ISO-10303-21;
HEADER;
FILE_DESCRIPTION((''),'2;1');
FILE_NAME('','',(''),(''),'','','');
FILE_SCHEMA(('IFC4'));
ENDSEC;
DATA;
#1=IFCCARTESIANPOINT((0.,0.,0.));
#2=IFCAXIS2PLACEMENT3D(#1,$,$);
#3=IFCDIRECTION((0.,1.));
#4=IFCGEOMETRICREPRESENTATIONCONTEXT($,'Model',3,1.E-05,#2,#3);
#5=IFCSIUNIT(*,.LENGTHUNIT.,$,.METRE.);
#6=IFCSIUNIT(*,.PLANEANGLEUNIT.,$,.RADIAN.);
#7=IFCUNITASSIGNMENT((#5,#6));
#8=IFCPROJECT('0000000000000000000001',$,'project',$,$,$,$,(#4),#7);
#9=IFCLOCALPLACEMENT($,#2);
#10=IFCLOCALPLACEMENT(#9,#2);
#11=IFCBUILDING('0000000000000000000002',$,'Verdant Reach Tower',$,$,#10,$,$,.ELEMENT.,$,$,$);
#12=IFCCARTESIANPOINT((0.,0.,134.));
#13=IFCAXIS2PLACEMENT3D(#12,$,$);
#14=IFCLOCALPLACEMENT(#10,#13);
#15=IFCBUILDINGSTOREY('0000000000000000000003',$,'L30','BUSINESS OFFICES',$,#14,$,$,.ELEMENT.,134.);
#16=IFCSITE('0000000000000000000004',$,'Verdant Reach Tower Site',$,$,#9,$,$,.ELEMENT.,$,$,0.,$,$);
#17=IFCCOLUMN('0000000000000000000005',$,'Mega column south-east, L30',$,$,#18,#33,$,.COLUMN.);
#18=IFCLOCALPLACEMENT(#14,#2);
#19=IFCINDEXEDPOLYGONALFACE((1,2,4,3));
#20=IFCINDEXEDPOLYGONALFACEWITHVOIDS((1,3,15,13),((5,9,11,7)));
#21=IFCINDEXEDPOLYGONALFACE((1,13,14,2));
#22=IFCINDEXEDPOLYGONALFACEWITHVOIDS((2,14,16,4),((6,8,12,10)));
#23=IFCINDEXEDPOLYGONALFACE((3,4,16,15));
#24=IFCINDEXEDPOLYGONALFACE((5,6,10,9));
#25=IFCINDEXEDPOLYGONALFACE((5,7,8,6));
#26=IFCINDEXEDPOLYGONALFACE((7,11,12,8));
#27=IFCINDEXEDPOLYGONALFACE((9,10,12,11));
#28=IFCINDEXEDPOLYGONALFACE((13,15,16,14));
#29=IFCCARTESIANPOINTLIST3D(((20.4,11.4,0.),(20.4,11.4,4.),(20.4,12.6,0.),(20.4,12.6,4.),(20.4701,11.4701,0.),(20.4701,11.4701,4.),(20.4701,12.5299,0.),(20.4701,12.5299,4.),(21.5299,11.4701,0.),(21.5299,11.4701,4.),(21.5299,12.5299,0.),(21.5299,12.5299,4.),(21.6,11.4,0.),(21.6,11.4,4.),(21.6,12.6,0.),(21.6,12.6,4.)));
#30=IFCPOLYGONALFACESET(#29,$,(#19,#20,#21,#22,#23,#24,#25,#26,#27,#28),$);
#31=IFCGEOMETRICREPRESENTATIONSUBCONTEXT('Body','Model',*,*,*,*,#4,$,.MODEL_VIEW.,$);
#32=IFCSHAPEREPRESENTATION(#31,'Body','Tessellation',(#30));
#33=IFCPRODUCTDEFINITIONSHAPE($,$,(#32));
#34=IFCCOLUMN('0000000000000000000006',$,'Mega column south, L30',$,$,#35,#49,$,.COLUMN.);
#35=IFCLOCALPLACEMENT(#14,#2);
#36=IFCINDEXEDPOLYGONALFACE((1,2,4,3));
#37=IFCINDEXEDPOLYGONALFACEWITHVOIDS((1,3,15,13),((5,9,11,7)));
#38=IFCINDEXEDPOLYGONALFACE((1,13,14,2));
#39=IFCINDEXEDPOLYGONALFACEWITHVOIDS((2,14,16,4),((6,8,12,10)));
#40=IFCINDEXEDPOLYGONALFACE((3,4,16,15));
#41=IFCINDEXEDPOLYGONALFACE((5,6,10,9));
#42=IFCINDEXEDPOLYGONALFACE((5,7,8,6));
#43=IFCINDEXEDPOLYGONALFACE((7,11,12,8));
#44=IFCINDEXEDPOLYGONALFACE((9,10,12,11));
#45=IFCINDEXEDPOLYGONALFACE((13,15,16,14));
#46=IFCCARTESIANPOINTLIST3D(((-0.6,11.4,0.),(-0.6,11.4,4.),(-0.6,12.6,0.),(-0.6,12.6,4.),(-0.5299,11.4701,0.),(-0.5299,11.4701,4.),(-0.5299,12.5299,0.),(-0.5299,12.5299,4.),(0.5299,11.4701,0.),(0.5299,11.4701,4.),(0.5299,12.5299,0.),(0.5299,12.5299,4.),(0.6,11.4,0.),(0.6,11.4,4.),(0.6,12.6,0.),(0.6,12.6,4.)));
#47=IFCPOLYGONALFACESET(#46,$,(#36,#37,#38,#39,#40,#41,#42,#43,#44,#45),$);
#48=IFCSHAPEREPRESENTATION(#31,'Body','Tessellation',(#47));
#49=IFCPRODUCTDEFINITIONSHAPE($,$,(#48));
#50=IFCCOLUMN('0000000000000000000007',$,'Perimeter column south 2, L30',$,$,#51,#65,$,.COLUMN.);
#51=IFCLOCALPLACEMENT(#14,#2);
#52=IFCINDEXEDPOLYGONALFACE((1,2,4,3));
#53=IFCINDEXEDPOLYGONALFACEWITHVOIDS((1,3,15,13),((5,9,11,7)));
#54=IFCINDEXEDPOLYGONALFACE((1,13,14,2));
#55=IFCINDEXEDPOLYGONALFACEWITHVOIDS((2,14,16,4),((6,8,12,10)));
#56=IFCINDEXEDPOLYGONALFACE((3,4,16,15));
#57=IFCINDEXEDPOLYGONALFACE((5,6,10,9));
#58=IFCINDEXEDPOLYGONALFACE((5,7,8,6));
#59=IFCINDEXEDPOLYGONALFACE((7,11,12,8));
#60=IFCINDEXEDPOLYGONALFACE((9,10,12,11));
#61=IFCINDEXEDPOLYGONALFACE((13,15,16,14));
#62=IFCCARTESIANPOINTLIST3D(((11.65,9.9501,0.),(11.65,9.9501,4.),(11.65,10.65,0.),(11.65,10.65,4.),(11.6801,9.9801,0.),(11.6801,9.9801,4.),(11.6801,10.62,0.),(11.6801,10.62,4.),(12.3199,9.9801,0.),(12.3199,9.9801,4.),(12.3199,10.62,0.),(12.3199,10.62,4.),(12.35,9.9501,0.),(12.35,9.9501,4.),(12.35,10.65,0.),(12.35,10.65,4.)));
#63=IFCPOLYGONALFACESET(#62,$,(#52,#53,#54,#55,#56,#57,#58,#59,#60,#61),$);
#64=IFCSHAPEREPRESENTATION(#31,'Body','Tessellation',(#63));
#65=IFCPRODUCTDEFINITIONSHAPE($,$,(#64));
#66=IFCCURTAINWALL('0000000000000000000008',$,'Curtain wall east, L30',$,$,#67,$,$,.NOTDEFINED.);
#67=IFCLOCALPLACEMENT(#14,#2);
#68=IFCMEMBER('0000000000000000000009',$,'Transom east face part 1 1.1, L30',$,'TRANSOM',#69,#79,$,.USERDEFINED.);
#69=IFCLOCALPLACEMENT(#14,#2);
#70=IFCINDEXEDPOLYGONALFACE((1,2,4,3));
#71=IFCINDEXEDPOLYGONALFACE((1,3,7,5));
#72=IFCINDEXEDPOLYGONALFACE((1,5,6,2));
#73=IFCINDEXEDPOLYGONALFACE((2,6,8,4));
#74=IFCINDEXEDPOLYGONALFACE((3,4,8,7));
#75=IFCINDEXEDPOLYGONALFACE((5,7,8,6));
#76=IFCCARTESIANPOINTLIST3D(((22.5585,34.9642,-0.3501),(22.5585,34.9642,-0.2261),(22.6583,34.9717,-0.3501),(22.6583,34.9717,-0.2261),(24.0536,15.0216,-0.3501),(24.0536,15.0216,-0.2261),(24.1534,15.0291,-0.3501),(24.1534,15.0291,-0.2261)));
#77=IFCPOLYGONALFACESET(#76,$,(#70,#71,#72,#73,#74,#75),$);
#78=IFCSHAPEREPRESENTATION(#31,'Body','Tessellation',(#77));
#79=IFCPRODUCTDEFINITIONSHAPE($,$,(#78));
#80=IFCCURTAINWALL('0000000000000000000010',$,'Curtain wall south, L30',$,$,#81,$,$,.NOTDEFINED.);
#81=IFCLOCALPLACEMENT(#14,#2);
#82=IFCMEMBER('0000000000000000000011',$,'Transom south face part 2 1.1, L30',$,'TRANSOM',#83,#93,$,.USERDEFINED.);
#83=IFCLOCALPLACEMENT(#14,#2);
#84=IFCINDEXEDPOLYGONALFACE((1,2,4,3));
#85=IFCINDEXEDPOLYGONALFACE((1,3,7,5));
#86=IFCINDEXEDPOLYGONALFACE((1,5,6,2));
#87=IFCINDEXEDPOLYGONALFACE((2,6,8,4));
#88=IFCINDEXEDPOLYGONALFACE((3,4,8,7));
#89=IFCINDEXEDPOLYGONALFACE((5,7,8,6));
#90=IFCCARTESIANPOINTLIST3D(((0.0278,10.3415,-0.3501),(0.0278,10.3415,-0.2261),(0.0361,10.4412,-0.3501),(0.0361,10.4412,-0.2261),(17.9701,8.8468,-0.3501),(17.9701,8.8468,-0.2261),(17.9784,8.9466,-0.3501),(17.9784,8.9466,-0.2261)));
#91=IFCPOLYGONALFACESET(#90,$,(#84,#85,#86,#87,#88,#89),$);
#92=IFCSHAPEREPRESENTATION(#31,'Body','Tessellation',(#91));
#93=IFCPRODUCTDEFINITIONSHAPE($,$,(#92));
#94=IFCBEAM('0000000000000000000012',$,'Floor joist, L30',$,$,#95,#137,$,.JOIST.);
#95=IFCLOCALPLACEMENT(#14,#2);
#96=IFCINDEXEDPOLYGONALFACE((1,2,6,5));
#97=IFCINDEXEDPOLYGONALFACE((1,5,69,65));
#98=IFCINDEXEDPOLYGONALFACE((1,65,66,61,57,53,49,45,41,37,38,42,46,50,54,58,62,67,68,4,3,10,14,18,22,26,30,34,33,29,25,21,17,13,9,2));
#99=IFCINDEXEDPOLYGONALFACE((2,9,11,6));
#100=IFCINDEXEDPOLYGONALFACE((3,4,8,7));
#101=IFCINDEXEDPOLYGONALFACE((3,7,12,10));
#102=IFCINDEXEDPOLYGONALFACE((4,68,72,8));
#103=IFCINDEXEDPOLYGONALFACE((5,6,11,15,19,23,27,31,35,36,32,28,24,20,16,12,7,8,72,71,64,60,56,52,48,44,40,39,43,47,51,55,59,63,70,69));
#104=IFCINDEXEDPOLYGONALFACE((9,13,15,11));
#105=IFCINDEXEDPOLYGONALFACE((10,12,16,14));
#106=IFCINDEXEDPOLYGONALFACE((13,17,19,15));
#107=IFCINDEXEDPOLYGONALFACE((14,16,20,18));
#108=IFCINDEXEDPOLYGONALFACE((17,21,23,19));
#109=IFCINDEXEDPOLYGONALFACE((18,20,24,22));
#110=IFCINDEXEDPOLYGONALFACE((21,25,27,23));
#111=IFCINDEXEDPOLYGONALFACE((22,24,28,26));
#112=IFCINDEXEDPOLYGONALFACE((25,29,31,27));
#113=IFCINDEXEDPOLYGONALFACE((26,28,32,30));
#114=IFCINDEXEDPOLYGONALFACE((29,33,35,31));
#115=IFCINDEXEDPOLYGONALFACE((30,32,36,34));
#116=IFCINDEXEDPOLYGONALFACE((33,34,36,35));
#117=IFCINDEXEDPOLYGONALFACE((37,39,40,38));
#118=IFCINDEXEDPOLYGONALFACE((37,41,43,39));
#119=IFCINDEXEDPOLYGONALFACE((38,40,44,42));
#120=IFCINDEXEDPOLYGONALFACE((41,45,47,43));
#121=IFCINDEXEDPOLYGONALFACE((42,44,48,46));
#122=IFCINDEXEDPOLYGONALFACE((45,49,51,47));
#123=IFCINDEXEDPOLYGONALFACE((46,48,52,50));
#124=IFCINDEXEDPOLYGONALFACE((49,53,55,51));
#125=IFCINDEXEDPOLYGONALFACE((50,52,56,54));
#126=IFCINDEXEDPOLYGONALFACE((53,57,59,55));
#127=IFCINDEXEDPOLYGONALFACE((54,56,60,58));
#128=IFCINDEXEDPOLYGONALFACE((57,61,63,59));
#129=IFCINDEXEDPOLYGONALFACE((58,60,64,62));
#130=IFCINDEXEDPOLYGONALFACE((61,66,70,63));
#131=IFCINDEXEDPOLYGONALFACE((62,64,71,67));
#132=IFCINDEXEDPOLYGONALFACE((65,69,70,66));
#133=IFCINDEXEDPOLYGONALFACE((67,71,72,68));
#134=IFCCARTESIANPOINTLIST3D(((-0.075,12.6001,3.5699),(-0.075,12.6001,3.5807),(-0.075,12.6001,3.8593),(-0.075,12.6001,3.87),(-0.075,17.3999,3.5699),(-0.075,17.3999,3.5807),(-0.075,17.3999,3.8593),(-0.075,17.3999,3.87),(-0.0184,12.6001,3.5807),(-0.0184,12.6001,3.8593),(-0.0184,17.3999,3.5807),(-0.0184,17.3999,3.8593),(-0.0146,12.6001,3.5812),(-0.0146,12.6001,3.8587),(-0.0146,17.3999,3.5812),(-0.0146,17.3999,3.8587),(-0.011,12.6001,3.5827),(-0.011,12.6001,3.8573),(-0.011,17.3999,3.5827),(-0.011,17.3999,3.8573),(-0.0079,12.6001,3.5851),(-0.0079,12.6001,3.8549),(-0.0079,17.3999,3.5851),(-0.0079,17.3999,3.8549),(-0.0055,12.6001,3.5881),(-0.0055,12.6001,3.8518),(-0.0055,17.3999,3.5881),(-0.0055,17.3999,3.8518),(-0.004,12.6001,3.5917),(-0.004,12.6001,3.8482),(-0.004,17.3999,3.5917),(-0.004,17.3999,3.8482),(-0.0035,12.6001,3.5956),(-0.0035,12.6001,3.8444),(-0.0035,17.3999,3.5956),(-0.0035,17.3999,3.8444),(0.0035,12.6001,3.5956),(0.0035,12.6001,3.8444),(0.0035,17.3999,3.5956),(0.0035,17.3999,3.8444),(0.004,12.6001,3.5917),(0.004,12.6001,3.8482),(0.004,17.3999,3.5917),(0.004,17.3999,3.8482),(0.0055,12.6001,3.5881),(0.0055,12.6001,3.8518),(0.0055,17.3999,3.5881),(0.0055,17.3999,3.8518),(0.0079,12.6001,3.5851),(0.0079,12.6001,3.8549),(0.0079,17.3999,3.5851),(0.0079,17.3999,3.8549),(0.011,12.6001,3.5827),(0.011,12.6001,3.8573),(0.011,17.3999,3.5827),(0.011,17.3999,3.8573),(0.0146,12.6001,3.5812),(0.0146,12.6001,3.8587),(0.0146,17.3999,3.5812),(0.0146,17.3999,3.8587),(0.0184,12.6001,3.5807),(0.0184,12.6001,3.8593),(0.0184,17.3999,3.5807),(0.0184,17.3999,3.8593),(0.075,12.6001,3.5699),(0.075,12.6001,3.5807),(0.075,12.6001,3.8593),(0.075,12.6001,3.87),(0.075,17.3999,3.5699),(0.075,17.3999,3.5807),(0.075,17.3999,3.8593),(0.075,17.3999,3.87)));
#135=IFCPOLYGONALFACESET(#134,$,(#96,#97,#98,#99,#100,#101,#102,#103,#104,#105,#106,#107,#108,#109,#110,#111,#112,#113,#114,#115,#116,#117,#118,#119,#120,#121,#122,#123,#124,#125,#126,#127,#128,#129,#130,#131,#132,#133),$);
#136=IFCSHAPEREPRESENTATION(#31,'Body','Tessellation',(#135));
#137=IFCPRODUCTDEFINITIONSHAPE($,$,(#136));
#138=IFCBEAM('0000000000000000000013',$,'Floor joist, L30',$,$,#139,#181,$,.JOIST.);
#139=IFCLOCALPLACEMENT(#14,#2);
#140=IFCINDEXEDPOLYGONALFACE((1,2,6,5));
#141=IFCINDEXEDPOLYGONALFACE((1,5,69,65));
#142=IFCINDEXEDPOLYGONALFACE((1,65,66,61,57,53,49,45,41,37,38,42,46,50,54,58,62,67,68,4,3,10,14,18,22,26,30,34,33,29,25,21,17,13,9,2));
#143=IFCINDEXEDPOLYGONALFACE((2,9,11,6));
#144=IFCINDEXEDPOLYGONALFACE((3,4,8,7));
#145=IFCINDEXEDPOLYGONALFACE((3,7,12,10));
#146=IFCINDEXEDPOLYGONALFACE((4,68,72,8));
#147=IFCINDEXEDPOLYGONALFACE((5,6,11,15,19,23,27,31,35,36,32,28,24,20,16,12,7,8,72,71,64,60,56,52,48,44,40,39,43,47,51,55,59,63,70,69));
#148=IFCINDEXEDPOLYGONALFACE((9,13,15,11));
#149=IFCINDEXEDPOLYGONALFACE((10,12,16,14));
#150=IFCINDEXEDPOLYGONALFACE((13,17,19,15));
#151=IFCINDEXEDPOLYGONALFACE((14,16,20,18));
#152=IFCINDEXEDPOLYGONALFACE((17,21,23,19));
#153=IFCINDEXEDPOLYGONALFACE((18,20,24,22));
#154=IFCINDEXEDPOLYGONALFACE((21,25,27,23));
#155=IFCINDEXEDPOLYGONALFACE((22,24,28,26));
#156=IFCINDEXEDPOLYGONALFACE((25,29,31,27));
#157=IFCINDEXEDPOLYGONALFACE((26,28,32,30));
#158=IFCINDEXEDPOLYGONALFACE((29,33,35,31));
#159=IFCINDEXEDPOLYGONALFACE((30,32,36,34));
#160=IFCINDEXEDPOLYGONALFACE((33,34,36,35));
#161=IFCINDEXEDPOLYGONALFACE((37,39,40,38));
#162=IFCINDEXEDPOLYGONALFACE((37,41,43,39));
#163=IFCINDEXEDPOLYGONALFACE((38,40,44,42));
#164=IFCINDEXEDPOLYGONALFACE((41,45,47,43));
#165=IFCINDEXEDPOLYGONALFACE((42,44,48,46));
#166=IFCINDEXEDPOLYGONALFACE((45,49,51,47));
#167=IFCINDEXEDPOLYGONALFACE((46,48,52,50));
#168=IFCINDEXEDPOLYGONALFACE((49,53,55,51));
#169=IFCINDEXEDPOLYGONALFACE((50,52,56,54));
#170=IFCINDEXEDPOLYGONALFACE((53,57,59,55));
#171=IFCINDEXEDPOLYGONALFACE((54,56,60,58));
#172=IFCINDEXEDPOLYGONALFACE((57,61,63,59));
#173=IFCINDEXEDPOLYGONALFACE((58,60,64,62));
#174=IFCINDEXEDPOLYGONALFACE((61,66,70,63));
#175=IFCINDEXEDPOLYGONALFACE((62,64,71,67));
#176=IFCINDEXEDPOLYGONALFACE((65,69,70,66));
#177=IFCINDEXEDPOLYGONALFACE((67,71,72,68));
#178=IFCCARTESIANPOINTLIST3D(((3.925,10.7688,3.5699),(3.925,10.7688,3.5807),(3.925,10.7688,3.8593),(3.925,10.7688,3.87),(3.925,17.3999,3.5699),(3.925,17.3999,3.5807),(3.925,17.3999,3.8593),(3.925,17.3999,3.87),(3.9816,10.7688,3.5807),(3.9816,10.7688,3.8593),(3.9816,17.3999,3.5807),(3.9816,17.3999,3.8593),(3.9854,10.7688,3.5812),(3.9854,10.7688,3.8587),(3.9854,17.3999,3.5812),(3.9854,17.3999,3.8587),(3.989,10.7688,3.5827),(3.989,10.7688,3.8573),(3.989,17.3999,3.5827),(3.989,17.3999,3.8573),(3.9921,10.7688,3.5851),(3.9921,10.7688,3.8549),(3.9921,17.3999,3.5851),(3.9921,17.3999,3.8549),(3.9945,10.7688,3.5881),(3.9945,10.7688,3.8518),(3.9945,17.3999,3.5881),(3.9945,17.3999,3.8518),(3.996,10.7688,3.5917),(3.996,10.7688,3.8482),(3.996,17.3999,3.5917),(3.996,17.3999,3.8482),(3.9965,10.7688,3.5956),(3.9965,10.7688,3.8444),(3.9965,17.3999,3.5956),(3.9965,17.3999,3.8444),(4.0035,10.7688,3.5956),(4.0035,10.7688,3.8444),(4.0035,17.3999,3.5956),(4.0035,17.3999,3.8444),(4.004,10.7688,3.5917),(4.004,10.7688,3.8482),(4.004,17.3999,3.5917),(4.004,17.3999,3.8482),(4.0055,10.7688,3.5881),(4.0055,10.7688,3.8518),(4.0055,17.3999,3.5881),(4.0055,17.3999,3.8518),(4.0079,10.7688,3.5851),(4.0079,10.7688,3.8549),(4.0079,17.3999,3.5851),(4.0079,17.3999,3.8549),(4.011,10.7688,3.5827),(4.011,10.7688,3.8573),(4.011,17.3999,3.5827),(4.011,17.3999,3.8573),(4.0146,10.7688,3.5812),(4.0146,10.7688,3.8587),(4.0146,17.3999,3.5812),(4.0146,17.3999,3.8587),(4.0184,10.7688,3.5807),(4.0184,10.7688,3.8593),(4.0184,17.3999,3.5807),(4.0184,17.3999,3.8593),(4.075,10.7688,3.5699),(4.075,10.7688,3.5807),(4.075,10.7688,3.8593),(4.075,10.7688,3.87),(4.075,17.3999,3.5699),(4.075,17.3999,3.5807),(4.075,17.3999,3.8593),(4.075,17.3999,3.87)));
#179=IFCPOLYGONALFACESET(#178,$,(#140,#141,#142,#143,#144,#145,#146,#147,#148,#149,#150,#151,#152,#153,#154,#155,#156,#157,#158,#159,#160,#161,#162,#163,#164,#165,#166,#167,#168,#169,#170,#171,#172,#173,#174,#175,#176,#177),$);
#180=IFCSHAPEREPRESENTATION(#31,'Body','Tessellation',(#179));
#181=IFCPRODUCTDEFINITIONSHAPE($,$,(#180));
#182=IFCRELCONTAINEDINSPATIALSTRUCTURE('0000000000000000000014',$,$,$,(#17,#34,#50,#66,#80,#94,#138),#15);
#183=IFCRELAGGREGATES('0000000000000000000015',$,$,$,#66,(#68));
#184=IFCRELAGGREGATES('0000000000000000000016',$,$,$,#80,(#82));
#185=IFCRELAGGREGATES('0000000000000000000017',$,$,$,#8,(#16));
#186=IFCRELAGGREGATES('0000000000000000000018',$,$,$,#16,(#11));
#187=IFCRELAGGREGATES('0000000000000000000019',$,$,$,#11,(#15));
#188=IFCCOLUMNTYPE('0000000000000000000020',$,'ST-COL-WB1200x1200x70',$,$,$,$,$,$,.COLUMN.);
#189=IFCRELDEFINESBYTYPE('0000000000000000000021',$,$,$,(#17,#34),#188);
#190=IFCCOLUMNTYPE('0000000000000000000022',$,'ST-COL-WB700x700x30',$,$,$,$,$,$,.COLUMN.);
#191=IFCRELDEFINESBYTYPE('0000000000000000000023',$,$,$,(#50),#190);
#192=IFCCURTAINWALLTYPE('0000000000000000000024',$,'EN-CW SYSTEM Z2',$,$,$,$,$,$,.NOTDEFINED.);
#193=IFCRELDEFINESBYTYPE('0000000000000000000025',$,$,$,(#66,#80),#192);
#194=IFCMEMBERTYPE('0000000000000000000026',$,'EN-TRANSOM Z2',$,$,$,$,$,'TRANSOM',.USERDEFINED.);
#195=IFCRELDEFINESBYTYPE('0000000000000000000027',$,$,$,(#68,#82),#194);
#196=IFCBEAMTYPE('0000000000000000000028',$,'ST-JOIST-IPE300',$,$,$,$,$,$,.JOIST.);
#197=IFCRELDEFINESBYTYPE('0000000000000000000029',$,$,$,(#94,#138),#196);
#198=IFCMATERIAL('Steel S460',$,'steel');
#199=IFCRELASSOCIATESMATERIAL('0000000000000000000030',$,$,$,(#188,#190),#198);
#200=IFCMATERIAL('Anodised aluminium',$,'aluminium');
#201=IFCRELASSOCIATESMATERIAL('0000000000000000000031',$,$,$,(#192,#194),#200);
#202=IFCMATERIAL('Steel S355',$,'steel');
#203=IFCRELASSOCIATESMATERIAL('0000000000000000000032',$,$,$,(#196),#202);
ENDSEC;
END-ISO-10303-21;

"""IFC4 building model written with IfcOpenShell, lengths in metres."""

from ifc_helpers import new_model, si_unit, direction, frame, origin, origin_2d, place, context, subcontext, project, spatial, rectangle, hollow_rectangle, i_section, extrude, material, material_profile, profile_set, type_object, element, aggregate, save


model = new_model("IFC4")

# Units and contexts
model_context = context("Model", 3, precision=1e-05, world=origin(), true_north=direction((0.0, 1.0)))
body_context = subcontext(model_context, "Body", "Model", "MODEL_VIEW")
ifc_project = project(units=[si_unit("LENGTHUNIT", "METRE"), si_unit("PLANEANGLEUNIT", "RADIAN")], contexts=[model_context])

# Site, building, storey
site_placement = place(None, origin())
site = spatial("IfcSite", under=ifc_project, at=site_placement, Name="Verdant Reach Tower Site", CompositionType="ELEMENT", RefElevation=0.0)
building_placement = place(site_placement, origin())
building = spatial("IfcBuilding", under=site, at=building_placement, Name="Verdant Reach Tower", CompositionType="ELEMENT")
storey_placement = place(building_placement, frame((0.0, 0.0, 134.0)))
storey = spatial("IfcBuildingStorey", under=building, at=storey_placement, Name="L30", Description="BUSINESS OFFICES", CompositionType="ELEMENT", Elevation=134.0)

# Columns
ifc_material_1 = material(Name="Steel S460", Category="steel")
ifc_material_profile_1 = material_profile(ifc_material_1, hollow_rectangle(XDim=1.2, YDim=1.2, WallThickness=0.0701, at=origin_2d()), Name="WB 1200x1200x70")
ifc_profile_set_1 = profile_set([ifc_material_profile_1], Name="Steel S460")
column_type_1 = type_object("IfcColumnType", Name="ST-COL-WB1200x1200x70", PredefinedType="COLUMN", material=ifc_profile_set_1)
for number, where, z_axis, x_axis, name in (
    (1, (21.0, 12.0, 0.0), (0.0, 0.0, 1.0), (1.0, 0.0, 0.0), "Mega column south-east, L30"),
    (2, (0.0, 12.0, 0.0), (0.0, 0.0, 1.0), (1.0, 0.0, 0.0), "Mega column south, L30"),
):
    element("IfcColumn", number, at=place(storey_placement, frame(where, z_axis=z_axis, x_axis=x_axis)), inside=storey, type_object=column_type_1, Name=name, PredefinedType="COLUMN", context=body_context, shape_type="SweptSolid", body=[
        extrude(hollow_rectangle(XDim=1.2, YDim=1.2, WallThickness=0.0701, at=origin_2d()), origin(), (0.0, 0.0, 1.0), 4.0),
    ])
ifc_material_profile_2 = material_profile(ifc_material_1, hollow_rectangle(XDim=0.7, YDim=0.7, WallThickness=0.03, at=origin_2d()), Name="WB 700x700x30")
ifc_profile_set_2 = profile_set([ifc_material_profile_2], Name="Steel S460")
column_type_2 = type_object("IfcColumnType", Name="ST-COL-WB700x700x30", PredefinedType="COLUMN", material=ifc_profile_set_2)
column_placement = place(storey_placement, frame((12.0, 10.3, 0.0), z_axis=(0.0, 0.0, 1.0), x_axis=(1.0, 0.0, 0.0)))
element("IfcColumn", 3, at=column_placement, inside=storey, type_object=column_type_2, Name="Perimeter column south 2, L30", PredefinedType="COLUMN", context=body_context, shape_type="SweptSolid", body=[
    extrude(hollow_rectangle(XDim=0.7, YDim=0.7, WallThickness=0.03, at=origin_2d()), origin(), (0.0, 0.0, 1.0), 4.0),
])

# Curtain walls, members
ifc_material_2 = material(Name="Anodised aluminium", Category="aluminium")
curtain_wall_type = type_object("IfcCurtainWallType", Name="EN-CW SYSTEM Z2", PredefinedType="NOTDEFINED", material=ifc_material_2)
curtain_wall_1_placement = place(storey_placement, origin())
curtain_wall_1 = element("IfcCurtainWall", 4, at=curtain_wall_1_placement, inside=storey, type_object=curtain_wall_type, Name="Curtain wall east, L30", PredefinedType="NOTDEFINED")
ifc_material_profile_3 = material_profile(ifc_material_2, rectangle(XDim=0.1001, YDim=0.124, at=origin_2d()), Name="Transom 124x100")
ifc_profile_set_3 = profile_set([ifc_material_profile_3], Name="Anodised aluminium")
member_type = type_object("IfcMemberType", Name="EN-TRANSOM Z2", ElementType="TRANSOM", PredefinedType="USERDEFINED", material=ifc_profile_set_3)
member_1_placement = place(storey_placement, frame((24.1035, 15.0254, -0.2881), z_axis=(-0.074761, 0.997201, 0.0), x_axis=(-0.997201, -0.074761, 0.0)))
member_1 = element("IfcMember", 5, at=member_1_placement, type_object=member_type, Name="Transom east face part 1 1.1, L30", ObjectType="TRANSOM", PredefinedType="USERDEFINED", context=body_context, shape_type="SweptSolid", body=[
    extrude(rectangle(XDim=0.1001, YDim=0.124, at=origin_2d()), origin(), (0.0, 0.0, 1.0), 19.9985),
])
curtain_wall_2_placement = place(storey_placement, origin())
curtain_wall_2 = element("IfcCurtainWall", 6, at=curtain_wall_2_placement, inside=storey, type_object=curtain_wall_type, Name="Curtain wall south, L30", PredefinedType="NOTDEFINED")
member_2_placement = place(storey_placement, frame((0.032, 10.3914, -0.2881), z_axis=(0.996548, -0.083015, 0.0), x_axis=(0.083015, 0.996548, 0.0)))
member_2 = element("IfcMember", 7, at=member_2_placement, type_object=member_type, Name="Transom south face part 2 1.1, L30", ObjectType="TRANSOM", PredefinedType="USERDEFINED", context=body_context, shape_type="SweptSolid", body=[
    extrude(rectangle(XDim=0.1001, YDim=0.124, at=origin_2d()), origin(), (0.0, 0.0, 1.0), 18.0044),
])

# Beams
ifc_material_3 = material(Name="Steel S355", Category="steel")
ifc_material_profile_4 = material_profile(ifc_material_3, i_section(OverallWidth=0.1499, OverallDepth=0.3, WebThickness=0.0071, FlangeThickness=0.0107, FilletRadius=0.0149, at=origin_2d()), Name="IPE 300")
ifc_profile_set_4 = profile_set([ifc_material_profile_4], Name="Steel S355")
beam_type_1 = type_object("IfcBeamType", Name="ST-JOIST-IPE300", PredefinedType="JOIST", material=ifc_profile_set_4)
beam_1_placement = place(storey_placement, frame((0.0, 17.3999, 3.72), z_axis=(0.0, -1.0, 0.0), x_axis=(1.0, 0.0, 0.0)))
element("IfcBeam", 8, at=beam_1_placement, inside=storey, type_object=beam_type_1, Name="Floor joist, L30", PredefinedType="JOIST", context=body_context, shape_type="SweptSolid", body=[
    extrude(i_section(OverallWidth=0.1499, OverallDepth=0.3, WebThickness=0.0071, FlangeThickness=0.0107, FilletRadius=0.0149, at=origin_2d()), origin(), (0.0, 0.0, 1.0), 4.7998),
])
beam_2_placement = place(storey_placement, frame((4.0, 17.3999, 3.72), z_axis=(0.0, -1.0, 0.0), x_axis=(1.0, 0.0, 0.0)))
element("IfcBeam", 9, at=beam_2_placement, inside=storey, type_object=beam_type_1, Name="Floor joist, L30", PredefinedType="JOIST", context=body_context, shape_type="SweptSolid", body=[
    extrude(i_section(OverallWidth=0.1499, OverallDepth=0.3, WebThickness=0.0071, FlangeThickness=0.0107, FilletRadius=0.0149, at=origin_2d()), origin(), (0.0, 0.0, 1.0), 6.6311),
])

aggregate(curtain_wall_1, [member_1])
aggregate(curtain_wall_2, [member_2])

save(model, "model.ifc")
